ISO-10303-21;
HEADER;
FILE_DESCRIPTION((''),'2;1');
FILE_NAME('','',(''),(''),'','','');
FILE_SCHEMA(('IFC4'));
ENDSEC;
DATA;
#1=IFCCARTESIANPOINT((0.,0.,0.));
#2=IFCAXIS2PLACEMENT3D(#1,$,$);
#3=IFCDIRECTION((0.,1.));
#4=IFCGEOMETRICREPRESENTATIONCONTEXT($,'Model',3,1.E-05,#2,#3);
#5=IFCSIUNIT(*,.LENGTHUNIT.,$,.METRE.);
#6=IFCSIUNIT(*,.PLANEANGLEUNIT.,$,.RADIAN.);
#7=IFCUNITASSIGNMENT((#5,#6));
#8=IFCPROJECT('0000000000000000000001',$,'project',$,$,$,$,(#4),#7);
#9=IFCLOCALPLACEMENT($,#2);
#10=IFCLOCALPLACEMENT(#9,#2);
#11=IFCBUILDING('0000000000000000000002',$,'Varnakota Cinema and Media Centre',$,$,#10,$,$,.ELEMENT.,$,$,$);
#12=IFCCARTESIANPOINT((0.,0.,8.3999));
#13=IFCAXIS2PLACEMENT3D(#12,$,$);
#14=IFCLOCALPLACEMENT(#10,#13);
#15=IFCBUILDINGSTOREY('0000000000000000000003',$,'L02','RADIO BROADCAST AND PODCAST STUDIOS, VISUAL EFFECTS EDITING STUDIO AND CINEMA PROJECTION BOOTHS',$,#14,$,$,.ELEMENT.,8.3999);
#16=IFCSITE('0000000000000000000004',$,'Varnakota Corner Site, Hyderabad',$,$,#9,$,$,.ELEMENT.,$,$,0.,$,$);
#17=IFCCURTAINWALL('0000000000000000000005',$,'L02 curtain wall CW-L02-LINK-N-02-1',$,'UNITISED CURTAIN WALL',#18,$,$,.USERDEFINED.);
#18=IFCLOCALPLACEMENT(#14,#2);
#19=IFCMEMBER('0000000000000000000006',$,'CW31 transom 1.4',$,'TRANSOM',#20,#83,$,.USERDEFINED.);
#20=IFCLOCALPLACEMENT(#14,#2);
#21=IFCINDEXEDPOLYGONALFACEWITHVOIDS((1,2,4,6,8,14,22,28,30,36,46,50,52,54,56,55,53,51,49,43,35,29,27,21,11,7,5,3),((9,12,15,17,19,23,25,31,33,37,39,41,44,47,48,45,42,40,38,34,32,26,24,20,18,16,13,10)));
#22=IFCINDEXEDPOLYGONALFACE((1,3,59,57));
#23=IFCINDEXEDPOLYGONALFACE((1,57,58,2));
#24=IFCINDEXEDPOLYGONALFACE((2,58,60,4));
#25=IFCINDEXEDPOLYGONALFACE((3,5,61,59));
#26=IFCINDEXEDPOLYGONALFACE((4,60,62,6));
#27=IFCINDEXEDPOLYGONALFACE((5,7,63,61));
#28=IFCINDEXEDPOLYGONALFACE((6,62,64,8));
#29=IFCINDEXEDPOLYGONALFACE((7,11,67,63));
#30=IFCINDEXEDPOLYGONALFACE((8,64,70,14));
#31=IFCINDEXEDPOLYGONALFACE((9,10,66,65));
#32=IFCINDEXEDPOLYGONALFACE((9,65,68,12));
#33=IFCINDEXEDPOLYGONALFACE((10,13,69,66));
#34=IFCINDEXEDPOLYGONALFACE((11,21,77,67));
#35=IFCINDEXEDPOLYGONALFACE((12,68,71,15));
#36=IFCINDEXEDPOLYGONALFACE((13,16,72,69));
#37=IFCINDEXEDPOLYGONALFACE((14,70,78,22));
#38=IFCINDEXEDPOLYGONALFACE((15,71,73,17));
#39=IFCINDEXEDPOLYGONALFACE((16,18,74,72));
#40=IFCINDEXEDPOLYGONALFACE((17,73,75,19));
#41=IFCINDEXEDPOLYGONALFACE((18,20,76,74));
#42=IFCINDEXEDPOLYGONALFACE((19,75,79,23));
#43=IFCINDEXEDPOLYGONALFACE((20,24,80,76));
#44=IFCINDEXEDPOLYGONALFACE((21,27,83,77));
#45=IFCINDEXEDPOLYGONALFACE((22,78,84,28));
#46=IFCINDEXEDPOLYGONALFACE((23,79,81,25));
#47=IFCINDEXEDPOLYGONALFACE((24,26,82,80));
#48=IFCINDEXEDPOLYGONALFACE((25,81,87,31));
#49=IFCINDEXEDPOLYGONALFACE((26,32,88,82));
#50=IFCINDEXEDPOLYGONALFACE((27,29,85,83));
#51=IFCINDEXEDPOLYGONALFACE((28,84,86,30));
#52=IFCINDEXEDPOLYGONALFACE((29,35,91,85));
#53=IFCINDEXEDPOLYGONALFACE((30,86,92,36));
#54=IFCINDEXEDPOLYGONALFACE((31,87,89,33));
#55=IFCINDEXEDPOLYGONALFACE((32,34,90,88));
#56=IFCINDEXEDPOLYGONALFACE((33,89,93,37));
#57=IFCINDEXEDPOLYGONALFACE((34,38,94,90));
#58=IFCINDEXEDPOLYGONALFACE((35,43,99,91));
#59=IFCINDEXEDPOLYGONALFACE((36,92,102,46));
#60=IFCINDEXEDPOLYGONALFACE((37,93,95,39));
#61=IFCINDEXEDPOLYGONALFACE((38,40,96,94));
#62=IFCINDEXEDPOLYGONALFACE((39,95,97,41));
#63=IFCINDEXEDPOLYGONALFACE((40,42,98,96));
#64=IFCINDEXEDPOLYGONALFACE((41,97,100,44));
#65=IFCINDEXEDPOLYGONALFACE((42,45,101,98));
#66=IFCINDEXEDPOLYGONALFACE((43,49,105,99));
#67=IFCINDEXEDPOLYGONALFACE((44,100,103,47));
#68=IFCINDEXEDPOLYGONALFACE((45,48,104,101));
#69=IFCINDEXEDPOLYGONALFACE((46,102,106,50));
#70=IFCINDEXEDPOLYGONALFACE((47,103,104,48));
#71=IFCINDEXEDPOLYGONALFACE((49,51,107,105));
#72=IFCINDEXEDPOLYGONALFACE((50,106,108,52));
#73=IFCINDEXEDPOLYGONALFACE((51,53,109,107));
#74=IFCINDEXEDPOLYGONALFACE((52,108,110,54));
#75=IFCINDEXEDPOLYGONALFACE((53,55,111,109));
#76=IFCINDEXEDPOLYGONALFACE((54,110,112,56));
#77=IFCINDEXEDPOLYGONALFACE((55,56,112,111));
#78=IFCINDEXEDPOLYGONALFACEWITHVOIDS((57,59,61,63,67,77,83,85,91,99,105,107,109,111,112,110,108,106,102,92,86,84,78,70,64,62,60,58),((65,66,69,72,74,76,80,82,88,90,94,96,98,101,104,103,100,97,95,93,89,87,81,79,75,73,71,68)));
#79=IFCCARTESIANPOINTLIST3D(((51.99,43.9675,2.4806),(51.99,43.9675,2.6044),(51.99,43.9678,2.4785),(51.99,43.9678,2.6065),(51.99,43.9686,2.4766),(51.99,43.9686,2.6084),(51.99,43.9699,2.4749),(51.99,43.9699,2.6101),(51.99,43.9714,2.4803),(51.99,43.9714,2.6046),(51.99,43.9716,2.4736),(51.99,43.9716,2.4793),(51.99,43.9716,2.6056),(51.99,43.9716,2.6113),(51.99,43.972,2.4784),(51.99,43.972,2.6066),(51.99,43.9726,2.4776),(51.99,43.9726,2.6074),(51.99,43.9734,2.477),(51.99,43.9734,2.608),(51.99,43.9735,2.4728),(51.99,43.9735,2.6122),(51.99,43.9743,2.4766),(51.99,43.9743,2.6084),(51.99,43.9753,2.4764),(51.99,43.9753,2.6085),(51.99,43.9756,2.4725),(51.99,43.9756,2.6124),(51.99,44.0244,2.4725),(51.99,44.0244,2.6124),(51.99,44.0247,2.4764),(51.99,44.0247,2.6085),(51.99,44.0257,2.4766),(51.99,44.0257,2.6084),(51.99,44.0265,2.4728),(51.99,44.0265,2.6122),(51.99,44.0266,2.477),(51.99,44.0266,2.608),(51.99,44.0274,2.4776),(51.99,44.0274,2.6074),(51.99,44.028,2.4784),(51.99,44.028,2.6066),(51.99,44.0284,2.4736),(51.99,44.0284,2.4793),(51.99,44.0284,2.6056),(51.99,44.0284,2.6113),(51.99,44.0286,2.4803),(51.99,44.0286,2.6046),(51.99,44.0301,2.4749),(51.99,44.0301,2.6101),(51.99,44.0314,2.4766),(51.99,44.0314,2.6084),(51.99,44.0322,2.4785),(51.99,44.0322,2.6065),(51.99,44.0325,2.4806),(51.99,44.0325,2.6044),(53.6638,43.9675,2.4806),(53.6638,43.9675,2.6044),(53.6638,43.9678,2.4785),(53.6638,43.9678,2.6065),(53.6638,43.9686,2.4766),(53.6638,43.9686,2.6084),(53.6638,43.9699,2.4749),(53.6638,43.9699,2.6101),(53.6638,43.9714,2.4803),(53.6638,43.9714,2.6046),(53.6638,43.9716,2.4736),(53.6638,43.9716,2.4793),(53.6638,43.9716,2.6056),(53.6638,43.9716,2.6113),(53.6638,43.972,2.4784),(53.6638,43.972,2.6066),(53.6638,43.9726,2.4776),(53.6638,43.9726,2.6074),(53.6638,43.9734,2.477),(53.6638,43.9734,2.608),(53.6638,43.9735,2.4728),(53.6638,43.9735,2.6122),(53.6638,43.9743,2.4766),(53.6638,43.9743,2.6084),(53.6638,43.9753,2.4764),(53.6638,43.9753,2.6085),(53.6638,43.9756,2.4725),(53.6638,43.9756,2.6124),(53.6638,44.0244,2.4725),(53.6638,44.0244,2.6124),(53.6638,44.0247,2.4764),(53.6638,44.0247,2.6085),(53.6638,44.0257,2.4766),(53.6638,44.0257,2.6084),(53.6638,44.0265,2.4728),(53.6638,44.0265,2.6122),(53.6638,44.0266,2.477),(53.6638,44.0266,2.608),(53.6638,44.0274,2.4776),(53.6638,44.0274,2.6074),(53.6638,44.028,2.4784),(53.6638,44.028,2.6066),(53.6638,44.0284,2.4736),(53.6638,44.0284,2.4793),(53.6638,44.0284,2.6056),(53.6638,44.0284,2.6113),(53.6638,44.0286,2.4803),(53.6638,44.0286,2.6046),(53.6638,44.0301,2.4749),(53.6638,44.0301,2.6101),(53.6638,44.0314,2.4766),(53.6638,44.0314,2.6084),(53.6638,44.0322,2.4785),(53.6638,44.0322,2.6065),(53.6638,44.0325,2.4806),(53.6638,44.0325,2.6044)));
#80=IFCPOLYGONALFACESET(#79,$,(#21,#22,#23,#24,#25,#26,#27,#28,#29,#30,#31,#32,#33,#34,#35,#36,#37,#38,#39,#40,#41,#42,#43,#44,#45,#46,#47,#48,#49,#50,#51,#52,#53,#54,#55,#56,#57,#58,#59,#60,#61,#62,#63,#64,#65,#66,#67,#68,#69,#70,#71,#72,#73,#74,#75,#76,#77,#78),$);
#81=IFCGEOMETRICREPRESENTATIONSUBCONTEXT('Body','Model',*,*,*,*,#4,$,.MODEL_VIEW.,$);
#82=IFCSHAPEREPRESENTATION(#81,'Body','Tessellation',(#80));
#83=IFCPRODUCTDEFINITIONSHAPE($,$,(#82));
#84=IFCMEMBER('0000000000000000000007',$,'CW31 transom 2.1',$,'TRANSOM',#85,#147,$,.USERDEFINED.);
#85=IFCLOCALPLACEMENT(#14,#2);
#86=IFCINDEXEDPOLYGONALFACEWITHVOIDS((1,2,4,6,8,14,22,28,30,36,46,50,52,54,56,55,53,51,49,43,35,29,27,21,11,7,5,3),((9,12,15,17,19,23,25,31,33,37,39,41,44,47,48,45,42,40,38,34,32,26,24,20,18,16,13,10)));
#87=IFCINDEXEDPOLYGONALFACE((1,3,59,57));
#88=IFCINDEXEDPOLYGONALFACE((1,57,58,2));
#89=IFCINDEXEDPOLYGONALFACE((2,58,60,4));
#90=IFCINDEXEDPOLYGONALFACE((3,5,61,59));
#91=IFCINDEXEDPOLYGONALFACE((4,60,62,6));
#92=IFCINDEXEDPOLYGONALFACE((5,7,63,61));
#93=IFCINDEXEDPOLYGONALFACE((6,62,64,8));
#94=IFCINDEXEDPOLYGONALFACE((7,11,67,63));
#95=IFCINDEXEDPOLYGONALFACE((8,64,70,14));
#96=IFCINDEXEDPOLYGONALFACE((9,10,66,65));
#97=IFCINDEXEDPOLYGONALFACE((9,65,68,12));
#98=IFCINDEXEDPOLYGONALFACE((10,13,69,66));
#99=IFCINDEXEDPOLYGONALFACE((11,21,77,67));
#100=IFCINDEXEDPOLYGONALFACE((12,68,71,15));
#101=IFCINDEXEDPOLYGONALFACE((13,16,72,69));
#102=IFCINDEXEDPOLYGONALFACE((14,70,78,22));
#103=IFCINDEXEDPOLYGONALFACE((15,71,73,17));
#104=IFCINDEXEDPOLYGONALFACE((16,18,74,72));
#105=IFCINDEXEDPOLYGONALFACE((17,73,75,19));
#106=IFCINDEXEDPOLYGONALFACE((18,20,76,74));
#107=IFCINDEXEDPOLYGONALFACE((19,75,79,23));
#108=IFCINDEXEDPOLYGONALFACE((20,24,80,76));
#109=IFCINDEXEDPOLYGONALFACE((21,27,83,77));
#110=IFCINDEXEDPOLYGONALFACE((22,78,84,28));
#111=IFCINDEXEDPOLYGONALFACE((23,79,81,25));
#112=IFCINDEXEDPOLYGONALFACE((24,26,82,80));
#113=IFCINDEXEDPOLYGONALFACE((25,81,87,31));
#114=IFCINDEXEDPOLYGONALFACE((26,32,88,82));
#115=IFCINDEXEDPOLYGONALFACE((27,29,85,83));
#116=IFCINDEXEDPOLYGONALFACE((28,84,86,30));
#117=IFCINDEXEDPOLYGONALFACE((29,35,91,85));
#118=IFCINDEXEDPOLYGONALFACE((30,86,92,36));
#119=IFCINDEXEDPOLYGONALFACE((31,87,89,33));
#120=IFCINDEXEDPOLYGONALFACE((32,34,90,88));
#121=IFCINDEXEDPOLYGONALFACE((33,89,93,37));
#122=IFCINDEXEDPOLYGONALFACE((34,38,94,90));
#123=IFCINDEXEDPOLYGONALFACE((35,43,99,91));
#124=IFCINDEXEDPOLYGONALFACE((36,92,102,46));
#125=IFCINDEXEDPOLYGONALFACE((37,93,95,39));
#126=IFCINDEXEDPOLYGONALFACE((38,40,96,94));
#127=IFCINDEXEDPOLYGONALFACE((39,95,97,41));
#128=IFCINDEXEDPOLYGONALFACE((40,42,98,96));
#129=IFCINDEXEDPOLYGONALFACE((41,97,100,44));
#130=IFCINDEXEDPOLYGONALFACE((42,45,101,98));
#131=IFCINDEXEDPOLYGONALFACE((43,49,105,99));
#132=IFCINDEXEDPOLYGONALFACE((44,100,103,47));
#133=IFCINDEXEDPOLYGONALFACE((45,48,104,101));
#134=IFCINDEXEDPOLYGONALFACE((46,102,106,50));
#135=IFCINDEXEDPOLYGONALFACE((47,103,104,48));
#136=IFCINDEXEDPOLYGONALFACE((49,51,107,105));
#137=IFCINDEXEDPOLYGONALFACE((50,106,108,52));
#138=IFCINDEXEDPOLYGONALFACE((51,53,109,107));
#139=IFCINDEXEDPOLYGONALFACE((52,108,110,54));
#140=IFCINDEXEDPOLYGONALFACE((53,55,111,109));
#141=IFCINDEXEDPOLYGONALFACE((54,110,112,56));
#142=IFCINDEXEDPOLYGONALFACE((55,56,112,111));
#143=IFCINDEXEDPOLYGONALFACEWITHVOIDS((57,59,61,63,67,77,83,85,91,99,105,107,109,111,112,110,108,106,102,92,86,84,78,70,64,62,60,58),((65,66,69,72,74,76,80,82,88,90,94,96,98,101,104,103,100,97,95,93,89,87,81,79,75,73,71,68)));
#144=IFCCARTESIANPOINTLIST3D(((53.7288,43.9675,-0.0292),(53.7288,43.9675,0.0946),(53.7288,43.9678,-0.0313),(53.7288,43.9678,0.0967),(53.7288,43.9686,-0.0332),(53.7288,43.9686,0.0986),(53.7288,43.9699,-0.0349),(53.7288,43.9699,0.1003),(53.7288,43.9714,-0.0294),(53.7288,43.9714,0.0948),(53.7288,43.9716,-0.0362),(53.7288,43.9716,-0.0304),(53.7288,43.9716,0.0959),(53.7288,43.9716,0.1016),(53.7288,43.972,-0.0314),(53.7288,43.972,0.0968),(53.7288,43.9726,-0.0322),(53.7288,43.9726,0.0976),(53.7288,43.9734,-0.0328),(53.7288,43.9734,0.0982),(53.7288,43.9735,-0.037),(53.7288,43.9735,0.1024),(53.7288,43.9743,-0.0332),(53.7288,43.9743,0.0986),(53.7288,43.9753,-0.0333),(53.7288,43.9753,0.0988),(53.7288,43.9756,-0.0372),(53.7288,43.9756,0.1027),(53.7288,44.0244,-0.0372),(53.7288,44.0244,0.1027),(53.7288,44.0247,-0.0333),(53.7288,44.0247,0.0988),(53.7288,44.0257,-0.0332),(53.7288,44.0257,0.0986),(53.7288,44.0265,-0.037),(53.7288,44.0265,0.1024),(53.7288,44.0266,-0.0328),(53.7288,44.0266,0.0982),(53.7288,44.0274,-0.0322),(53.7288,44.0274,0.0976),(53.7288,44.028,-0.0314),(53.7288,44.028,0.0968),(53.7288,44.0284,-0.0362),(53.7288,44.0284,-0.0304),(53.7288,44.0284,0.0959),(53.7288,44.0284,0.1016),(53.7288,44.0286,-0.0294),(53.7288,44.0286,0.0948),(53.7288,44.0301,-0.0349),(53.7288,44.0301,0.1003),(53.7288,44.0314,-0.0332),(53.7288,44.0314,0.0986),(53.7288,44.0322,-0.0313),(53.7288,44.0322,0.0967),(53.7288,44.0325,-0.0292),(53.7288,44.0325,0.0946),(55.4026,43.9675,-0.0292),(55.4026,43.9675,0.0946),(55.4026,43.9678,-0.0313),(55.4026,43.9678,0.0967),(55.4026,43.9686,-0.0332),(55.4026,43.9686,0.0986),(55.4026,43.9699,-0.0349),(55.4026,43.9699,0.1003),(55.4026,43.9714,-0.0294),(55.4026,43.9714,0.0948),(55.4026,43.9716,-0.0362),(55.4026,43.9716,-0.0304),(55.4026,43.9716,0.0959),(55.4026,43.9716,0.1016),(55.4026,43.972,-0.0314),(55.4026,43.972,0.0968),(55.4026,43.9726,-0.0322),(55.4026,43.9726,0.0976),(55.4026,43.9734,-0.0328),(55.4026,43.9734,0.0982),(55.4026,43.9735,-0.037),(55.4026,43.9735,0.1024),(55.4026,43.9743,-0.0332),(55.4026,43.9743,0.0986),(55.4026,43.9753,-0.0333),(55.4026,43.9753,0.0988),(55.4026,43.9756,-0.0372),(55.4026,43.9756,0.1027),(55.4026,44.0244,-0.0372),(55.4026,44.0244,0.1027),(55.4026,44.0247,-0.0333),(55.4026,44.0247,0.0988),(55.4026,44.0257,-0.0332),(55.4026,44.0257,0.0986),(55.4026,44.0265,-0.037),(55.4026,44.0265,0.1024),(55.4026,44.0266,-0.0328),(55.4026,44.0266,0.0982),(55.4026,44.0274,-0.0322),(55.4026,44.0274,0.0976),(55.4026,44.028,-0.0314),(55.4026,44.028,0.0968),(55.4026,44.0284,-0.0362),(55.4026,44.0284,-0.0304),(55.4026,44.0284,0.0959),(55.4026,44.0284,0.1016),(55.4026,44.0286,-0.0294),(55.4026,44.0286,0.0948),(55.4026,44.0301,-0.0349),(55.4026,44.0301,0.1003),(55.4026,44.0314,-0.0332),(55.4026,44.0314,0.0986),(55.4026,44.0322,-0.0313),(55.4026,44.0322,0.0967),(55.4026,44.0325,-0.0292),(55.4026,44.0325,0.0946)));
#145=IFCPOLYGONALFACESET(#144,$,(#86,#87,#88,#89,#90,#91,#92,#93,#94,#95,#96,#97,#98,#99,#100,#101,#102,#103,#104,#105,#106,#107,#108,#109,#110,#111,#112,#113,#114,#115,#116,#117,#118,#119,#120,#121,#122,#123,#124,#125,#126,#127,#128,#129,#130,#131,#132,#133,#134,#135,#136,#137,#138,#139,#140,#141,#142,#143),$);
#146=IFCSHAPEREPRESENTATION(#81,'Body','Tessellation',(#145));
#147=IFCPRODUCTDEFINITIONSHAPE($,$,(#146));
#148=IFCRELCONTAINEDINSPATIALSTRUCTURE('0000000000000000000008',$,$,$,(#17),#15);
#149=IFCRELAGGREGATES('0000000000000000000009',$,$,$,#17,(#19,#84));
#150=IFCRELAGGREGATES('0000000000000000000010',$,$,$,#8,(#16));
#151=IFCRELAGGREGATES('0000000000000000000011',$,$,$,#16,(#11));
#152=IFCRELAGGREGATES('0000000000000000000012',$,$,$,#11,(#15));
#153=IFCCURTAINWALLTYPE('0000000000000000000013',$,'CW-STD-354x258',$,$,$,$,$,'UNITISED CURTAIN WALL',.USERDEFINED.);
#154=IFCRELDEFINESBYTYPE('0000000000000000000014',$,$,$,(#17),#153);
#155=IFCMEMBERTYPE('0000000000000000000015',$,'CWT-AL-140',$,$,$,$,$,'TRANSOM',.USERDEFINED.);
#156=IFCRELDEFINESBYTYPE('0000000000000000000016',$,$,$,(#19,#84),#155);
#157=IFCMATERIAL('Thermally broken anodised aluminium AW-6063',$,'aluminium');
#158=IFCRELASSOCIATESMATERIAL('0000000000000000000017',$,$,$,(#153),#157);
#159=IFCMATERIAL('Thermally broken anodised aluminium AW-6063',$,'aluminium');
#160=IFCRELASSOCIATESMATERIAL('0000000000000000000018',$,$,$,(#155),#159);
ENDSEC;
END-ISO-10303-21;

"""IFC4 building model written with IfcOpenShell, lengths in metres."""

from ifc_helpers import new_model, si_unit, direction, frame, origin, origin_2d, place, context, subcontext, project, spatial, hollow_rectangle, extrude, material, material_profile, profile_set, type_object, element, aggregate, save


model = new_model("IFC4")

# Units and contexts
model_context = context("Model", 3, precision=1e-05, world=origin(), true_north=direction((0.0, 1.0)))
body_context = subcontext(model_context, "Body", "Model", "MODEL_VIEW")
ifc_project = project(units=[si_unit("LENGTHUNIT", "METRE"), si_unit("PLANEANGLEUNIT", "RADIAN")], contexts=[model_context])

# Site, building, storey
site_placement = place(None, origin())
site = spatial("IfcSite", under=ifc_project, at=site_placement, Name="Varnakota Corner Site, Hyderabad", CompositionType="ELEMENT", RefElevation=0.0)
building_placement = place(site_placement, origin())
building = spatial("IfcBuilding", under=site, at=building_placement, Name="Varnakota Cinema and Media Centre", CompositionType="ELEMENT")
storey_placement = place(building_placement, frame((0.0, 0.0, 8.3999)))
storey = spatial("IfcBuildingStorey", under=building, at=storey_placement, Name="L02", Description="RADIO BROADCAST AND PODCAST STUDIOS, VISUAL EFFECTS EDITING STUDIO AND CINEMA PROJECTION BOOTHS", CompositionType="ELEMENT", Elevation=8.3999)

# Curtain wall
ifc_material_1 = material(Name="Thermally broken anodised aluminium AW-6063", Category="aluminium")
curtain_wall_type = type_object("IfcCurtainWallType", Name="CW-STD-354x258", ElementType="UNITISED CURTAIN WALL", PredefinedType="USERDEFINED", material=ifc_material_1)
curtain_wall_1_placement = place(storey_placement, origin())
curtain_wall_1 = element("IfcCurtainWall", 1, at=curtain_wall_1_placement, inside=storey, type_object=curtain_wall_type, Name="L02 curtain wall CW-L02-LINK-N-02-1", ObjectType="UNITISED CURTAIN WALL", PredefinedType="USERDEFINED")

# Members
ifc_material_2 = material(Name="Thermally broken anodised aluminium AW-6063", Category="aluminium")
ifc_material_profile_1 = material_profile(ifc_material_2, hollow_rectangle(XDim=0.0649, YDim=0.1399, WallThickness=0.0039, InnerFilletRadius=0.0039, OuterFilletRadius=0.0081, at=origin_2d()), Name="AL-TRANSOM 140x65x4")
ifc_profile_set_1 = profile_set([ifc_material_profile_1], Name="Thermally broken anodised aluminium AW-6063")
member_type_1 = type_object("IfcMemberType", Name="CWT-AL-140", ElementType="TRANSOM", PredefinedType="USERDEFINED", material=ifc_profile_set_1)
member_1_placement = place(storey_placement, frame((51.99, 44.0, 2.5425), z_axis=(1.0, 0.0, 0.0), x_axis=(0.0, 1.0, 0.0)))
member_1 = element("IfcMember", 2, at=member_1_placement, type_object=member_type_1, Name="CW31 transom 1.4", ObjectType="TRANSOM", PredefinedType="USERDEFINED", context=body_context, shape_type="SweptSolid", body=[
    extrude(hollow_rectangle(XDim=0.0649, YDim=0.1399, WallThickness=0.0039, InnerFilletRadius=0.0039, OuterFilletRadius=0.0081, at=origin_2d()), origin(), (0.0, 0.0, 1.0), 1.6738),
])
member_2_placement = place(storey_placement, frame((53.7288, 44.0, 0.0327), z_axis=(1.0, 0.0, 0.0), x_axis=(0.0, 1.0, 0.0)))
member_2 = element("IfcMember", 3, at=member_2_placement, type_object=member_type_1, Name="CW31 transom 2.1", ObjectType="TRANSOM", PredefinedType="USERDEFINED", context=body_context, shape_type="SweptSolid", body=[
    extrude(hollow_rectangle(XDim=0.0649, YDim=0.1399, WallThickness=0.0039, InnerFilletRadius=0.0039, OuterFilletRadius=0.0081, at=origin_2d()), origin(), (0.0, 0.0, 1.0), 1.6738),
])

aggregate(curtain_wall_1, [member_1, member_2])

save(model, "model.ifc")
